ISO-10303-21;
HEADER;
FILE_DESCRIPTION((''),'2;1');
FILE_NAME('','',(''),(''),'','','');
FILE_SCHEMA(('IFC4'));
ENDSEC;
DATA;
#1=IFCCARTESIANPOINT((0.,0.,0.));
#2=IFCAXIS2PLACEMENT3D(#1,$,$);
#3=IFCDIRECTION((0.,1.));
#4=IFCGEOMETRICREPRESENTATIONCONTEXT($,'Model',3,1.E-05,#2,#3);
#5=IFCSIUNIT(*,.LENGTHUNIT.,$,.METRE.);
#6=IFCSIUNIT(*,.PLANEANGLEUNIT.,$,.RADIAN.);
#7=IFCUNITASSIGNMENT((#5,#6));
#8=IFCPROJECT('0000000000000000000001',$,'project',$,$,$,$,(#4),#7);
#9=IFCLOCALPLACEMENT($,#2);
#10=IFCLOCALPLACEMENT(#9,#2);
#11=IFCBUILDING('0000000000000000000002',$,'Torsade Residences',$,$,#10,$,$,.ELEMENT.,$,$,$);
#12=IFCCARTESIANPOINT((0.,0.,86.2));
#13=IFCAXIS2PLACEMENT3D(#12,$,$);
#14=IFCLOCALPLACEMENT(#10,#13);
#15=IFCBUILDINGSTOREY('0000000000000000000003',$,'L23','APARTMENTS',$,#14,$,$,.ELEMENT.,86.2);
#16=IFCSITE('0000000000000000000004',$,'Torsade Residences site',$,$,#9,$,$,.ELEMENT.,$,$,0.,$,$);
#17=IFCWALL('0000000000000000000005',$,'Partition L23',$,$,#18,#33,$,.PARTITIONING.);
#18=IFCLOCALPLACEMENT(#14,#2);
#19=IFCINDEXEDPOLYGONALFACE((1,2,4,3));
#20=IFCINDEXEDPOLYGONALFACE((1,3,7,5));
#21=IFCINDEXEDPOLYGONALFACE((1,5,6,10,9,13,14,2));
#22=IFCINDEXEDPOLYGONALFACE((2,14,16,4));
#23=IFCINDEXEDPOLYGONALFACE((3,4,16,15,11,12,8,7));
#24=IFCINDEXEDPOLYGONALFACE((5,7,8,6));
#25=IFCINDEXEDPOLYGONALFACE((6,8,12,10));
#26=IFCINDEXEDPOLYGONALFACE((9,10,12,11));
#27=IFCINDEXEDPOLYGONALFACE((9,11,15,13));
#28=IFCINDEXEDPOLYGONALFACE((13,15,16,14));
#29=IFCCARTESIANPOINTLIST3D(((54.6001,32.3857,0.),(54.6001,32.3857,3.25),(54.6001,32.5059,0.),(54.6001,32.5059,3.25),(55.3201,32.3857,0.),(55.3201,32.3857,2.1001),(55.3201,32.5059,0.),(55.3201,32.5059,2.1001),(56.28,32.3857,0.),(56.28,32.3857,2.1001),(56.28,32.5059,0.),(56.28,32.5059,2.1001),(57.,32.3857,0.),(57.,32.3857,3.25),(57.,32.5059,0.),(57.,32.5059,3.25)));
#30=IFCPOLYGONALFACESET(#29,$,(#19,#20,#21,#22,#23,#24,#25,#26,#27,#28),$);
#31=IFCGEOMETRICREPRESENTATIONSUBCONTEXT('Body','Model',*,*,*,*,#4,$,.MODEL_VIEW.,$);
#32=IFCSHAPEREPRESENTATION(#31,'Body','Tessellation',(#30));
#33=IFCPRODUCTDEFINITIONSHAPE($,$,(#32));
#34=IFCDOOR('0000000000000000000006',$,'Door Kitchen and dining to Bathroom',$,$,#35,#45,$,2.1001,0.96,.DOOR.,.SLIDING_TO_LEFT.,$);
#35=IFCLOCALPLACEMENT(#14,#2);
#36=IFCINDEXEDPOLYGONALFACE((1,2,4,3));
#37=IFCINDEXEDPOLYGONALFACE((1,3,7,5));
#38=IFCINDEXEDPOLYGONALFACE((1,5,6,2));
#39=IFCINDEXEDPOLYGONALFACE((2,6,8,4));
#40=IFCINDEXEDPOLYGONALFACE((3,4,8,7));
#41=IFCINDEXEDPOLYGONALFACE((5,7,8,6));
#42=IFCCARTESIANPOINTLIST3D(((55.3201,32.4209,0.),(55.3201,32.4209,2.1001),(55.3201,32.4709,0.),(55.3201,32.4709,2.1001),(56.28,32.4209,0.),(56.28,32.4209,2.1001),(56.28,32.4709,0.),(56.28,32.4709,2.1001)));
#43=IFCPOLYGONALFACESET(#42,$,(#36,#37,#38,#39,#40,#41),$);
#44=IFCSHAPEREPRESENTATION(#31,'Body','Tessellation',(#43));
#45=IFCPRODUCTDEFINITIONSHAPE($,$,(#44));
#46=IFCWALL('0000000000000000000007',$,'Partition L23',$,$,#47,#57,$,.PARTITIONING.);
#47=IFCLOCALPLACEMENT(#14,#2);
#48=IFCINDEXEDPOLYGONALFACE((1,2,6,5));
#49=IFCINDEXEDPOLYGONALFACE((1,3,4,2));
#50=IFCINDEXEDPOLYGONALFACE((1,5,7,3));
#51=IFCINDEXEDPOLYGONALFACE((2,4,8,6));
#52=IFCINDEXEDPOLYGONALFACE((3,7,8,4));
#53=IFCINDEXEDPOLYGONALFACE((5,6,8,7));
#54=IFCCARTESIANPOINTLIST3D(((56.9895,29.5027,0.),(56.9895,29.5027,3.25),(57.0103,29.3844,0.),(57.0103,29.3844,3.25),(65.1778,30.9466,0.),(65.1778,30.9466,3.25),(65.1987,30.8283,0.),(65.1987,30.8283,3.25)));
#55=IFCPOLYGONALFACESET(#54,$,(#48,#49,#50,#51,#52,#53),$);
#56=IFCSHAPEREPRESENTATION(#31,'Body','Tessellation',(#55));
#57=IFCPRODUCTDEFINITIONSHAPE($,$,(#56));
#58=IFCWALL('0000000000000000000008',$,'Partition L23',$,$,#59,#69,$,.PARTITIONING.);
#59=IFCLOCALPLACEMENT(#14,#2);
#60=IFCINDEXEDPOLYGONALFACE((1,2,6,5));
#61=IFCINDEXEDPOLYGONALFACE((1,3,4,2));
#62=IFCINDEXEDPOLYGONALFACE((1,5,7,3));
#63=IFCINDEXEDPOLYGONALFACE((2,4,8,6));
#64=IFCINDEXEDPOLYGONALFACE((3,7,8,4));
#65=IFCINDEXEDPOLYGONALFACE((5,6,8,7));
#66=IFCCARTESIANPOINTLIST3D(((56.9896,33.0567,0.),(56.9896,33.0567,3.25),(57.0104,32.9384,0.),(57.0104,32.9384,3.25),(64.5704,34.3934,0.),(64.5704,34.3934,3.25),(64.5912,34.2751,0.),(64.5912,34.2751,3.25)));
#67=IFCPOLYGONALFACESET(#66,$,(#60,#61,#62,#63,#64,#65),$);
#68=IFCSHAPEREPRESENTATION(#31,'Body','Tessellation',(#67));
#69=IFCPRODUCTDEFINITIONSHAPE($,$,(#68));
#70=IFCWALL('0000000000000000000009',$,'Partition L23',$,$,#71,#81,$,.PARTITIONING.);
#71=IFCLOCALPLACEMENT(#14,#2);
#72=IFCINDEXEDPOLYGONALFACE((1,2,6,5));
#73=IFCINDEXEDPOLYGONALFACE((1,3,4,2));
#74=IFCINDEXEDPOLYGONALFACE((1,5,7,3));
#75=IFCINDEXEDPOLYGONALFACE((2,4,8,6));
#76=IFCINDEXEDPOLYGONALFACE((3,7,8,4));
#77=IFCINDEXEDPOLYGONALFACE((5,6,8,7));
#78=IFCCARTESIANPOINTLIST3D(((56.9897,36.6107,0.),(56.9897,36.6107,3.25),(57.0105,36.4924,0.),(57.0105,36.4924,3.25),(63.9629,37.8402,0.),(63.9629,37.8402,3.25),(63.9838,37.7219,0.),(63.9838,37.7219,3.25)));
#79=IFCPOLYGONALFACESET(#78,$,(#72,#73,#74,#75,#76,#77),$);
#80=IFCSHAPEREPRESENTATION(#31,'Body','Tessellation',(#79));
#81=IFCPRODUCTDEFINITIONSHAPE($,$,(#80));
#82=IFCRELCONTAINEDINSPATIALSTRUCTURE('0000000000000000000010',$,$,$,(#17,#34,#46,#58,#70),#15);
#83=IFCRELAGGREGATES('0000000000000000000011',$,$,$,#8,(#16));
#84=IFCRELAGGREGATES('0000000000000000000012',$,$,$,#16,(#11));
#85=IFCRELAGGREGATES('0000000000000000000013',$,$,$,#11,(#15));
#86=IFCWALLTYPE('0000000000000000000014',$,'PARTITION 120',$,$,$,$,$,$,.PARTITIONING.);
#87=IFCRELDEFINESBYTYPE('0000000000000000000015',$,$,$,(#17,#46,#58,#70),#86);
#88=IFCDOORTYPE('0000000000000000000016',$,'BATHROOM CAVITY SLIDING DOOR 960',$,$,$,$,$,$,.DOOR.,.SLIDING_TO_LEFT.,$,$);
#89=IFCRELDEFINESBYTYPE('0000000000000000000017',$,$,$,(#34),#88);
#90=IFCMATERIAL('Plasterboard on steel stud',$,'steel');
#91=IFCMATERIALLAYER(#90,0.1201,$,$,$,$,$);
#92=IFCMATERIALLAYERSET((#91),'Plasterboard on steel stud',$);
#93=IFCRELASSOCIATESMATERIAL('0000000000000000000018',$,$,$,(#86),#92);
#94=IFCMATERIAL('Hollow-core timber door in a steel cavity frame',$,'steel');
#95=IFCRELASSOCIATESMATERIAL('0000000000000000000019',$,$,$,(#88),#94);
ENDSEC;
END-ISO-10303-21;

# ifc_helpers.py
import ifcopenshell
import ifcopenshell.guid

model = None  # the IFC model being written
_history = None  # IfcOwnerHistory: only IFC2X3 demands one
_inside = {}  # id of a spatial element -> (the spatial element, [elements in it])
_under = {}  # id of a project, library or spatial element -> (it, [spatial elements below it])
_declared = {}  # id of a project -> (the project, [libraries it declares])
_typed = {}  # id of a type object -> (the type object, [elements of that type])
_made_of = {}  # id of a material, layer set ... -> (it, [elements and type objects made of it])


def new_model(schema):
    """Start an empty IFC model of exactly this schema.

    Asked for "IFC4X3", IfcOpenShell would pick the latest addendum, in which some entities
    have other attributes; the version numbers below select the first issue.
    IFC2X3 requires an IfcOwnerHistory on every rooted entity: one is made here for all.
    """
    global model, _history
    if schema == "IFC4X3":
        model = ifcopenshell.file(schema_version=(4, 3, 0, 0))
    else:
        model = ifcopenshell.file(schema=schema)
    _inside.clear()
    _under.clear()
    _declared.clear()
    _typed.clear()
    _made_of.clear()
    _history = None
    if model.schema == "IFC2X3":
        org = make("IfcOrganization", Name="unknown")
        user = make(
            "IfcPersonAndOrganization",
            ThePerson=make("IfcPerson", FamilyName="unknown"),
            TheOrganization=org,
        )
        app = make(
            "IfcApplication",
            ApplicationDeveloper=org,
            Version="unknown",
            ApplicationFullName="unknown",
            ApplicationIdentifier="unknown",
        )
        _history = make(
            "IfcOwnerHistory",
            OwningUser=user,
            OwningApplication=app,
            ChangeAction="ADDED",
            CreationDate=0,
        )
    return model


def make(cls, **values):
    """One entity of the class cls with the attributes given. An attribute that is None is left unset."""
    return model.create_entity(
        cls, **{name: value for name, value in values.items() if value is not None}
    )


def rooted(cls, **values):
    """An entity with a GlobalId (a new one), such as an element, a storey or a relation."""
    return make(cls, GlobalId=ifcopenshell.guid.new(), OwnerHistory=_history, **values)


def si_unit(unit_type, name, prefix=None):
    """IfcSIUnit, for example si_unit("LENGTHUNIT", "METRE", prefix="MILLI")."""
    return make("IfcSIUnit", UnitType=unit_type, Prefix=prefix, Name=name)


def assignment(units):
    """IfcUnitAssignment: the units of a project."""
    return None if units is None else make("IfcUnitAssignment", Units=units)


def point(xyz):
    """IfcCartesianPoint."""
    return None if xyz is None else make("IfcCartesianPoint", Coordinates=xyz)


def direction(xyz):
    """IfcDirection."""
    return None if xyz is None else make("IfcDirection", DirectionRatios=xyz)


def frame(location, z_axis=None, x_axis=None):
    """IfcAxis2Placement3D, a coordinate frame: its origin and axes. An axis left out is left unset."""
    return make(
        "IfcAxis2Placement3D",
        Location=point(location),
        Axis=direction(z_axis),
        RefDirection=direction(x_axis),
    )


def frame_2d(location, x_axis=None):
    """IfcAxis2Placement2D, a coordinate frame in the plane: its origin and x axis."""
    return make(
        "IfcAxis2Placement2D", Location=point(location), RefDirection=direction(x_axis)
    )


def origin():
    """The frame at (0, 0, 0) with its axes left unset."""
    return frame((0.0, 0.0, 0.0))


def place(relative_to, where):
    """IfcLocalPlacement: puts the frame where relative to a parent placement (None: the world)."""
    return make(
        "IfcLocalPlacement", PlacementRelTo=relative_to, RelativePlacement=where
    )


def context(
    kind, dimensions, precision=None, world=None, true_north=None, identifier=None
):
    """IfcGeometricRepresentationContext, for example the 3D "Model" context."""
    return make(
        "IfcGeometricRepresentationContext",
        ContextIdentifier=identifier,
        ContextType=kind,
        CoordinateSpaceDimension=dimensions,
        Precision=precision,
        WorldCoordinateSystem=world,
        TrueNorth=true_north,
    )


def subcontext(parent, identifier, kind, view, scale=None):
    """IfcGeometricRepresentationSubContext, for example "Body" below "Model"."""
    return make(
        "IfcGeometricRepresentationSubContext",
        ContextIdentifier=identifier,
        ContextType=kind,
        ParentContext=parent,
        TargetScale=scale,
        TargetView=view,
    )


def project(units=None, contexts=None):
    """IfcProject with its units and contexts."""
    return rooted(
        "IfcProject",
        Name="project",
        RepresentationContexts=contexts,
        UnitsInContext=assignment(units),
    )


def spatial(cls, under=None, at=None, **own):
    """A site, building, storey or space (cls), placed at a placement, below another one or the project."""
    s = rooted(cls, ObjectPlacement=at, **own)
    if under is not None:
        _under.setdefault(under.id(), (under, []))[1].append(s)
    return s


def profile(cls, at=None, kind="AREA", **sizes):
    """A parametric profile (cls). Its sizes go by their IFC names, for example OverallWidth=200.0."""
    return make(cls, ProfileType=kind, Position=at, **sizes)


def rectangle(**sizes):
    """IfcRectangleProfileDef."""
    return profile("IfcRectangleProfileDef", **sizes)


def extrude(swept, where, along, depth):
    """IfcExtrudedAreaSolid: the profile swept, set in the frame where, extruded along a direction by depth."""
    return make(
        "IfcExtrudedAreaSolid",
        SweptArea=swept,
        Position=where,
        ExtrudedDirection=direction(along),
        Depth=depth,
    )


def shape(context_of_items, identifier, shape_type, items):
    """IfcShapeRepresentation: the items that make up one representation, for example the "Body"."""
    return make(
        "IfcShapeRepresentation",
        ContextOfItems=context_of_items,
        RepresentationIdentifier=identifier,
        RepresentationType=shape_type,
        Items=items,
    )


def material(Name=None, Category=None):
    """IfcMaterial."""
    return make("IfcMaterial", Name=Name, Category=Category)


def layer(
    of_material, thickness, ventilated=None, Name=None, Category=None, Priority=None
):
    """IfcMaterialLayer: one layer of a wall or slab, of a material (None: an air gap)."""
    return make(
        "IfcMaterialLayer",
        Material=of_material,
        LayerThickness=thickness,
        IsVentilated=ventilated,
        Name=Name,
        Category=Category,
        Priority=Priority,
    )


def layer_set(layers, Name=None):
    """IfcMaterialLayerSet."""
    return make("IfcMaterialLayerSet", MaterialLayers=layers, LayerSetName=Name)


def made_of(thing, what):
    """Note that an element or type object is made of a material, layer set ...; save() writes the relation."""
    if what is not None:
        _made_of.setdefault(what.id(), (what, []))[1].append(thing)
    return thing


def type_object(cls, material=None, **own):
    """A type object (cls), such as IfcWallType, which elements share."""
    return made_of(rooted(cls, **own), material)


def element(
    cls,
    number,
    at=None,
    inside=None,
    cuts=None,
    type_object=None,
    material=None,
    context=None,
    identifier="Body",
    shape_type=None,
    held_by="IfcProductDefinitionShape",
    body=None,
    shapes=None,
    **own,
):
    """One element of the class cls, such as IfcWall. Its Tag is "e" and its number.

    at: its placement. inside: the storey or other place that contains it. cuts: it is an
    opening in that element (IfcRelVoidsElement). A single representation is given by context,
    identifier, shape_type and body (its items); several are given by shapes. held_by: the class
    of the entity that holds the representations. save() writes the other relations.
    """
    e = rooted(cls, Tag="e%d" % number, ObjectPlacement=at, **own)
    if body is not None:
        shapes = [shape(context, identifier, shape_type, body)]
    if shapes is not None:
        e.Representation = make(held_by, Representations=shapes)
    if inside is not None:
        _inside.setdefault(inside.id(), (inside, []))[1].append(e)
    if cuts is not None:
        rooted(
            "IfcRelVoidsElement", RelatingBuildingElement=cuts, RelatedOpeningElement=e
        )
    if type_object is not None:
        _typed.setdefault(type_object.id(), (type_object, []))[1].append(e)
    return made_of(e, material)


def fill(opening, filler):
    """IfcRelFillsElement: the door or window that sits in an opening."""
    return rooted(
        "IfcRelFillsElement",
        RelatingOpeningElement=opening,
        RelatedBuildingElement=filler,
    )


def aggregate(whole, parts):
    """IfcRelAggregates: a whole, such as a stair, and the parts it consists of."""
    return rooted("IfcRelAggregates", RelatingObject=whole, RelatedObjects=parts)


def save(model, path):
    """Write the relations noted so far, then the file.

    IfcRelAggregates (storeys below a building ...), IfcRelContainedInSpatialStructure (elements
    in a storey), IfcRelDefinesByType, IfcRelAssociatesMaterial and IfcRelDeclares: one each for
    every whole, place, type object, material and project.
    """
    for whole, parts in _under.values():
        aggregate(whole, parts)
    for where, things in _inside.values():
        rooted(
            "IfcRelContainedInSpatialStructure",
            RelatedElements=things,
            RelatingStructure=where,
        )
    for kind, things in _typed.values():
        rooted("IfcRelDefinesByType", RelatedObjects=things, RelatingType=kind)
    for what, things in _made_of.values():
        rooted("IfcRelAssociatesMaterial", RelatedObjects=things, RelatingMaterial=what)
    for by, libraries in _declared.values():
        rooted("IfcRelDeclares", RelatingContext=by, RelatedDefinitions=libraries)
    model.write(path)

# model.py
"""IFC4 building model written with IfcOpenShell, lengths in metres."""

from ifc_helpers import new_model, si_unit, direction, frame, frame_2d, origin, place, context, subcontext, project, spatial, rectangle, extrude, material, layer, layer_set, type_object, element, fill, save


model = new_model("IFC4")

# Units and contexts
model_context = context("Model", 3, precision=1e-05, world=origin(), true_north=direction((0.0, 1.0)))
body_context = subcontext(model_context, "Body", "Model", "MODEL_VIEW")
ifc_project = project(units=[si_unit("LENGTHUNIT", "METRE"), si_unit("PLANEANGLEUNIT", "RADIAN")], contexts=[model_context])

# Site, building, storey
site_placement = place(None, origin())
site = spatial("IfcSite", under=ifc_project, at=site_placement, Name="Torsade Residences site", CompositionType="ELEMENT", RefElevation=0.0)
building_placement = place(site_placement, origin())
building = spatial("IfcBuilding", under=site, at=building_placement, Name="Torsade Residences", CompositionType="ELEMENT")
storey_placement = place(building_placement, frame((0.0, 0.0, 86.2)))
storey = spatial("IfcBuildingStorey", under=building, at=storey_placement, Name="L23", Description="APARTMENTS", CompositionType="ELEMENT", Elevation=86.2)

# Wall, opening, door
ifc_material_1 = material(Name="Plasterboard on steel stud", Category="steel")
ifc_layer_1 = layer(ifc_material_1, 0.1201)
ifc_layer_set_1 = layer_set([ifc_layer_1], Name="Plasterboard on steel stud")
wall_type_1 = type_object("IfcWallType", Name="PARTITION 120", PredefinedType="PARTITIONING", material=ifc_layer_set_1)
wall_1_placement = place(storey_placement, frame((57.0, 32.4458, 0.0), z_axis=(0.0, 0.0, 1.0), x_axis=(-1.0, 0.0, 0.0)))
wall_1 = element("IfcWall", 1, at=wall_1_placement, inside=storey, type_object=wall_type_1, Name="Partition L23", PredefinedType="PARTITIONING", context=body_context, shape_type="SweptSolid", body=[
    extrude(rectangle(XDim=2.3999, YDim=0.1201, at=frame_2d((1.2, 0.0))), origin(), (0.0, 0.0, 1.0), 3.25),
])
opening_1_placement = place(wall_1_placement, frame((0.72, 0.0, 0.0)))
opening_1 = element("IfcOpeningElement", 2, at=opening_1_placement, cuts=wall_1, PredefinedType="OPENING", context=body_context, shape_type="SweptSolid", body=[
    extrude(rectangle(XDim=0.96, YDim=2.1001, at=frame_2d((0.48, 1.05))), frame((0.0, 0.0701, 0.0), z_axis=(0.0, -1.0, 0.0), x_axis=(1.0, 0.0, 0.0)), (0.0, 0.0, 1.0), 0.1401),
])
ifc_material_2 = material(Name="Hollow-core timber door in a steel cavity frame", Category="steel")
door_type_1 = type_object("IfcDoorType", Name="BATHROOM CAVITY SLIDING DOOR 960", OperationType="SLIDING_TO_LEFT", PredefinedType="DOOR", material=ifc_material_2)
door_1_placement = place(opening_1_placement, origin())
door_1 = element("IfcDoor", 3, at=door_1_placement, inside=storey, type_object=door_type_1, Name="Door Kitchen and dining to Bathroom", OperationType="SLIDING_TO_LEFT", OverallHeight=2.1001, OverallWidth=0.96, PredefinedType="DOOR", context=body_context, shape_type="SweptSolid", body=[
    extrude(rectangle(XDim=0.96, YDim=2.1001, at=frame_2d((0.48, 1.05))), frame((0.0, 0.0249, 0.0), z_axis=(0.0, -1.0, 0.0), x_axis=(1.0, 0.0, 0.0)), (0.0, 0.0, 1.0), 0.05),
])
fill(opening_1, door_1)

# Walls
wall_2_placement = place(storey_placement, frame((57.0, 29.4436, 0.0), z_axis=(0.0, 0.0, 1.0), x_axis=(0.984808, 0.173648, 0.0)))
element("IfcWall", 4, at=wall_2_placement, inside=storey, type_object=wall_type_1, Name="Partition L23", PredefinedType="PARTITIONING", context=body_context, shape_type="SweptSolid", body=[
    extrude(rectangle(XDim=8.3147, YDim=0.1201, at=frame_2d((4.1572, 0.0))), origin(), (0.0, 0.0, 1.0), 3.25),
])
wall_3_placement = place(storey_placement, frame((57.0, 32.9976, 0.0), z_axis=(0.0, 0.0, 1.0), x_axis=(0.984808, 0.173644, 0.0)))
element("IfcWall", 5, at=wall_3_placement, inside=storey, type_object=wall_type_1, Name="Partition L23", PredefinedType="PARTITIONING", context=body_context, shape_type="SweptSolid", body=[
    extrude(rectangle(XDim=7.6978, YDim=0.1201, at=frame_2d((3.8489, 0.0))), origin(), (0.0, 0.0, 1.0), 3.25),
])
wall_4_placement = place(storey_placement, frame((57.0, 36.5515, 0.0), z_axis=(0.0, 0.0, 1.0), x_axis=(0.984809, 0.17364, 0.0)))
element("IfcWall", 6, at=wall_4_placement, inside=storey, type_object=wall_type_1, Name="Partition L23", PredefinedType="PARTITIONING", context=body_context, shape_type="SweptSolid", body=[
    extrude(rectangle(XDim=7.0808, YDim=0.1201, at=frame_2d((3.5405, 0.0))), origin(), (0.0, 0.0, 1.0), 3.25),
])

save(model, "model.ifc")
